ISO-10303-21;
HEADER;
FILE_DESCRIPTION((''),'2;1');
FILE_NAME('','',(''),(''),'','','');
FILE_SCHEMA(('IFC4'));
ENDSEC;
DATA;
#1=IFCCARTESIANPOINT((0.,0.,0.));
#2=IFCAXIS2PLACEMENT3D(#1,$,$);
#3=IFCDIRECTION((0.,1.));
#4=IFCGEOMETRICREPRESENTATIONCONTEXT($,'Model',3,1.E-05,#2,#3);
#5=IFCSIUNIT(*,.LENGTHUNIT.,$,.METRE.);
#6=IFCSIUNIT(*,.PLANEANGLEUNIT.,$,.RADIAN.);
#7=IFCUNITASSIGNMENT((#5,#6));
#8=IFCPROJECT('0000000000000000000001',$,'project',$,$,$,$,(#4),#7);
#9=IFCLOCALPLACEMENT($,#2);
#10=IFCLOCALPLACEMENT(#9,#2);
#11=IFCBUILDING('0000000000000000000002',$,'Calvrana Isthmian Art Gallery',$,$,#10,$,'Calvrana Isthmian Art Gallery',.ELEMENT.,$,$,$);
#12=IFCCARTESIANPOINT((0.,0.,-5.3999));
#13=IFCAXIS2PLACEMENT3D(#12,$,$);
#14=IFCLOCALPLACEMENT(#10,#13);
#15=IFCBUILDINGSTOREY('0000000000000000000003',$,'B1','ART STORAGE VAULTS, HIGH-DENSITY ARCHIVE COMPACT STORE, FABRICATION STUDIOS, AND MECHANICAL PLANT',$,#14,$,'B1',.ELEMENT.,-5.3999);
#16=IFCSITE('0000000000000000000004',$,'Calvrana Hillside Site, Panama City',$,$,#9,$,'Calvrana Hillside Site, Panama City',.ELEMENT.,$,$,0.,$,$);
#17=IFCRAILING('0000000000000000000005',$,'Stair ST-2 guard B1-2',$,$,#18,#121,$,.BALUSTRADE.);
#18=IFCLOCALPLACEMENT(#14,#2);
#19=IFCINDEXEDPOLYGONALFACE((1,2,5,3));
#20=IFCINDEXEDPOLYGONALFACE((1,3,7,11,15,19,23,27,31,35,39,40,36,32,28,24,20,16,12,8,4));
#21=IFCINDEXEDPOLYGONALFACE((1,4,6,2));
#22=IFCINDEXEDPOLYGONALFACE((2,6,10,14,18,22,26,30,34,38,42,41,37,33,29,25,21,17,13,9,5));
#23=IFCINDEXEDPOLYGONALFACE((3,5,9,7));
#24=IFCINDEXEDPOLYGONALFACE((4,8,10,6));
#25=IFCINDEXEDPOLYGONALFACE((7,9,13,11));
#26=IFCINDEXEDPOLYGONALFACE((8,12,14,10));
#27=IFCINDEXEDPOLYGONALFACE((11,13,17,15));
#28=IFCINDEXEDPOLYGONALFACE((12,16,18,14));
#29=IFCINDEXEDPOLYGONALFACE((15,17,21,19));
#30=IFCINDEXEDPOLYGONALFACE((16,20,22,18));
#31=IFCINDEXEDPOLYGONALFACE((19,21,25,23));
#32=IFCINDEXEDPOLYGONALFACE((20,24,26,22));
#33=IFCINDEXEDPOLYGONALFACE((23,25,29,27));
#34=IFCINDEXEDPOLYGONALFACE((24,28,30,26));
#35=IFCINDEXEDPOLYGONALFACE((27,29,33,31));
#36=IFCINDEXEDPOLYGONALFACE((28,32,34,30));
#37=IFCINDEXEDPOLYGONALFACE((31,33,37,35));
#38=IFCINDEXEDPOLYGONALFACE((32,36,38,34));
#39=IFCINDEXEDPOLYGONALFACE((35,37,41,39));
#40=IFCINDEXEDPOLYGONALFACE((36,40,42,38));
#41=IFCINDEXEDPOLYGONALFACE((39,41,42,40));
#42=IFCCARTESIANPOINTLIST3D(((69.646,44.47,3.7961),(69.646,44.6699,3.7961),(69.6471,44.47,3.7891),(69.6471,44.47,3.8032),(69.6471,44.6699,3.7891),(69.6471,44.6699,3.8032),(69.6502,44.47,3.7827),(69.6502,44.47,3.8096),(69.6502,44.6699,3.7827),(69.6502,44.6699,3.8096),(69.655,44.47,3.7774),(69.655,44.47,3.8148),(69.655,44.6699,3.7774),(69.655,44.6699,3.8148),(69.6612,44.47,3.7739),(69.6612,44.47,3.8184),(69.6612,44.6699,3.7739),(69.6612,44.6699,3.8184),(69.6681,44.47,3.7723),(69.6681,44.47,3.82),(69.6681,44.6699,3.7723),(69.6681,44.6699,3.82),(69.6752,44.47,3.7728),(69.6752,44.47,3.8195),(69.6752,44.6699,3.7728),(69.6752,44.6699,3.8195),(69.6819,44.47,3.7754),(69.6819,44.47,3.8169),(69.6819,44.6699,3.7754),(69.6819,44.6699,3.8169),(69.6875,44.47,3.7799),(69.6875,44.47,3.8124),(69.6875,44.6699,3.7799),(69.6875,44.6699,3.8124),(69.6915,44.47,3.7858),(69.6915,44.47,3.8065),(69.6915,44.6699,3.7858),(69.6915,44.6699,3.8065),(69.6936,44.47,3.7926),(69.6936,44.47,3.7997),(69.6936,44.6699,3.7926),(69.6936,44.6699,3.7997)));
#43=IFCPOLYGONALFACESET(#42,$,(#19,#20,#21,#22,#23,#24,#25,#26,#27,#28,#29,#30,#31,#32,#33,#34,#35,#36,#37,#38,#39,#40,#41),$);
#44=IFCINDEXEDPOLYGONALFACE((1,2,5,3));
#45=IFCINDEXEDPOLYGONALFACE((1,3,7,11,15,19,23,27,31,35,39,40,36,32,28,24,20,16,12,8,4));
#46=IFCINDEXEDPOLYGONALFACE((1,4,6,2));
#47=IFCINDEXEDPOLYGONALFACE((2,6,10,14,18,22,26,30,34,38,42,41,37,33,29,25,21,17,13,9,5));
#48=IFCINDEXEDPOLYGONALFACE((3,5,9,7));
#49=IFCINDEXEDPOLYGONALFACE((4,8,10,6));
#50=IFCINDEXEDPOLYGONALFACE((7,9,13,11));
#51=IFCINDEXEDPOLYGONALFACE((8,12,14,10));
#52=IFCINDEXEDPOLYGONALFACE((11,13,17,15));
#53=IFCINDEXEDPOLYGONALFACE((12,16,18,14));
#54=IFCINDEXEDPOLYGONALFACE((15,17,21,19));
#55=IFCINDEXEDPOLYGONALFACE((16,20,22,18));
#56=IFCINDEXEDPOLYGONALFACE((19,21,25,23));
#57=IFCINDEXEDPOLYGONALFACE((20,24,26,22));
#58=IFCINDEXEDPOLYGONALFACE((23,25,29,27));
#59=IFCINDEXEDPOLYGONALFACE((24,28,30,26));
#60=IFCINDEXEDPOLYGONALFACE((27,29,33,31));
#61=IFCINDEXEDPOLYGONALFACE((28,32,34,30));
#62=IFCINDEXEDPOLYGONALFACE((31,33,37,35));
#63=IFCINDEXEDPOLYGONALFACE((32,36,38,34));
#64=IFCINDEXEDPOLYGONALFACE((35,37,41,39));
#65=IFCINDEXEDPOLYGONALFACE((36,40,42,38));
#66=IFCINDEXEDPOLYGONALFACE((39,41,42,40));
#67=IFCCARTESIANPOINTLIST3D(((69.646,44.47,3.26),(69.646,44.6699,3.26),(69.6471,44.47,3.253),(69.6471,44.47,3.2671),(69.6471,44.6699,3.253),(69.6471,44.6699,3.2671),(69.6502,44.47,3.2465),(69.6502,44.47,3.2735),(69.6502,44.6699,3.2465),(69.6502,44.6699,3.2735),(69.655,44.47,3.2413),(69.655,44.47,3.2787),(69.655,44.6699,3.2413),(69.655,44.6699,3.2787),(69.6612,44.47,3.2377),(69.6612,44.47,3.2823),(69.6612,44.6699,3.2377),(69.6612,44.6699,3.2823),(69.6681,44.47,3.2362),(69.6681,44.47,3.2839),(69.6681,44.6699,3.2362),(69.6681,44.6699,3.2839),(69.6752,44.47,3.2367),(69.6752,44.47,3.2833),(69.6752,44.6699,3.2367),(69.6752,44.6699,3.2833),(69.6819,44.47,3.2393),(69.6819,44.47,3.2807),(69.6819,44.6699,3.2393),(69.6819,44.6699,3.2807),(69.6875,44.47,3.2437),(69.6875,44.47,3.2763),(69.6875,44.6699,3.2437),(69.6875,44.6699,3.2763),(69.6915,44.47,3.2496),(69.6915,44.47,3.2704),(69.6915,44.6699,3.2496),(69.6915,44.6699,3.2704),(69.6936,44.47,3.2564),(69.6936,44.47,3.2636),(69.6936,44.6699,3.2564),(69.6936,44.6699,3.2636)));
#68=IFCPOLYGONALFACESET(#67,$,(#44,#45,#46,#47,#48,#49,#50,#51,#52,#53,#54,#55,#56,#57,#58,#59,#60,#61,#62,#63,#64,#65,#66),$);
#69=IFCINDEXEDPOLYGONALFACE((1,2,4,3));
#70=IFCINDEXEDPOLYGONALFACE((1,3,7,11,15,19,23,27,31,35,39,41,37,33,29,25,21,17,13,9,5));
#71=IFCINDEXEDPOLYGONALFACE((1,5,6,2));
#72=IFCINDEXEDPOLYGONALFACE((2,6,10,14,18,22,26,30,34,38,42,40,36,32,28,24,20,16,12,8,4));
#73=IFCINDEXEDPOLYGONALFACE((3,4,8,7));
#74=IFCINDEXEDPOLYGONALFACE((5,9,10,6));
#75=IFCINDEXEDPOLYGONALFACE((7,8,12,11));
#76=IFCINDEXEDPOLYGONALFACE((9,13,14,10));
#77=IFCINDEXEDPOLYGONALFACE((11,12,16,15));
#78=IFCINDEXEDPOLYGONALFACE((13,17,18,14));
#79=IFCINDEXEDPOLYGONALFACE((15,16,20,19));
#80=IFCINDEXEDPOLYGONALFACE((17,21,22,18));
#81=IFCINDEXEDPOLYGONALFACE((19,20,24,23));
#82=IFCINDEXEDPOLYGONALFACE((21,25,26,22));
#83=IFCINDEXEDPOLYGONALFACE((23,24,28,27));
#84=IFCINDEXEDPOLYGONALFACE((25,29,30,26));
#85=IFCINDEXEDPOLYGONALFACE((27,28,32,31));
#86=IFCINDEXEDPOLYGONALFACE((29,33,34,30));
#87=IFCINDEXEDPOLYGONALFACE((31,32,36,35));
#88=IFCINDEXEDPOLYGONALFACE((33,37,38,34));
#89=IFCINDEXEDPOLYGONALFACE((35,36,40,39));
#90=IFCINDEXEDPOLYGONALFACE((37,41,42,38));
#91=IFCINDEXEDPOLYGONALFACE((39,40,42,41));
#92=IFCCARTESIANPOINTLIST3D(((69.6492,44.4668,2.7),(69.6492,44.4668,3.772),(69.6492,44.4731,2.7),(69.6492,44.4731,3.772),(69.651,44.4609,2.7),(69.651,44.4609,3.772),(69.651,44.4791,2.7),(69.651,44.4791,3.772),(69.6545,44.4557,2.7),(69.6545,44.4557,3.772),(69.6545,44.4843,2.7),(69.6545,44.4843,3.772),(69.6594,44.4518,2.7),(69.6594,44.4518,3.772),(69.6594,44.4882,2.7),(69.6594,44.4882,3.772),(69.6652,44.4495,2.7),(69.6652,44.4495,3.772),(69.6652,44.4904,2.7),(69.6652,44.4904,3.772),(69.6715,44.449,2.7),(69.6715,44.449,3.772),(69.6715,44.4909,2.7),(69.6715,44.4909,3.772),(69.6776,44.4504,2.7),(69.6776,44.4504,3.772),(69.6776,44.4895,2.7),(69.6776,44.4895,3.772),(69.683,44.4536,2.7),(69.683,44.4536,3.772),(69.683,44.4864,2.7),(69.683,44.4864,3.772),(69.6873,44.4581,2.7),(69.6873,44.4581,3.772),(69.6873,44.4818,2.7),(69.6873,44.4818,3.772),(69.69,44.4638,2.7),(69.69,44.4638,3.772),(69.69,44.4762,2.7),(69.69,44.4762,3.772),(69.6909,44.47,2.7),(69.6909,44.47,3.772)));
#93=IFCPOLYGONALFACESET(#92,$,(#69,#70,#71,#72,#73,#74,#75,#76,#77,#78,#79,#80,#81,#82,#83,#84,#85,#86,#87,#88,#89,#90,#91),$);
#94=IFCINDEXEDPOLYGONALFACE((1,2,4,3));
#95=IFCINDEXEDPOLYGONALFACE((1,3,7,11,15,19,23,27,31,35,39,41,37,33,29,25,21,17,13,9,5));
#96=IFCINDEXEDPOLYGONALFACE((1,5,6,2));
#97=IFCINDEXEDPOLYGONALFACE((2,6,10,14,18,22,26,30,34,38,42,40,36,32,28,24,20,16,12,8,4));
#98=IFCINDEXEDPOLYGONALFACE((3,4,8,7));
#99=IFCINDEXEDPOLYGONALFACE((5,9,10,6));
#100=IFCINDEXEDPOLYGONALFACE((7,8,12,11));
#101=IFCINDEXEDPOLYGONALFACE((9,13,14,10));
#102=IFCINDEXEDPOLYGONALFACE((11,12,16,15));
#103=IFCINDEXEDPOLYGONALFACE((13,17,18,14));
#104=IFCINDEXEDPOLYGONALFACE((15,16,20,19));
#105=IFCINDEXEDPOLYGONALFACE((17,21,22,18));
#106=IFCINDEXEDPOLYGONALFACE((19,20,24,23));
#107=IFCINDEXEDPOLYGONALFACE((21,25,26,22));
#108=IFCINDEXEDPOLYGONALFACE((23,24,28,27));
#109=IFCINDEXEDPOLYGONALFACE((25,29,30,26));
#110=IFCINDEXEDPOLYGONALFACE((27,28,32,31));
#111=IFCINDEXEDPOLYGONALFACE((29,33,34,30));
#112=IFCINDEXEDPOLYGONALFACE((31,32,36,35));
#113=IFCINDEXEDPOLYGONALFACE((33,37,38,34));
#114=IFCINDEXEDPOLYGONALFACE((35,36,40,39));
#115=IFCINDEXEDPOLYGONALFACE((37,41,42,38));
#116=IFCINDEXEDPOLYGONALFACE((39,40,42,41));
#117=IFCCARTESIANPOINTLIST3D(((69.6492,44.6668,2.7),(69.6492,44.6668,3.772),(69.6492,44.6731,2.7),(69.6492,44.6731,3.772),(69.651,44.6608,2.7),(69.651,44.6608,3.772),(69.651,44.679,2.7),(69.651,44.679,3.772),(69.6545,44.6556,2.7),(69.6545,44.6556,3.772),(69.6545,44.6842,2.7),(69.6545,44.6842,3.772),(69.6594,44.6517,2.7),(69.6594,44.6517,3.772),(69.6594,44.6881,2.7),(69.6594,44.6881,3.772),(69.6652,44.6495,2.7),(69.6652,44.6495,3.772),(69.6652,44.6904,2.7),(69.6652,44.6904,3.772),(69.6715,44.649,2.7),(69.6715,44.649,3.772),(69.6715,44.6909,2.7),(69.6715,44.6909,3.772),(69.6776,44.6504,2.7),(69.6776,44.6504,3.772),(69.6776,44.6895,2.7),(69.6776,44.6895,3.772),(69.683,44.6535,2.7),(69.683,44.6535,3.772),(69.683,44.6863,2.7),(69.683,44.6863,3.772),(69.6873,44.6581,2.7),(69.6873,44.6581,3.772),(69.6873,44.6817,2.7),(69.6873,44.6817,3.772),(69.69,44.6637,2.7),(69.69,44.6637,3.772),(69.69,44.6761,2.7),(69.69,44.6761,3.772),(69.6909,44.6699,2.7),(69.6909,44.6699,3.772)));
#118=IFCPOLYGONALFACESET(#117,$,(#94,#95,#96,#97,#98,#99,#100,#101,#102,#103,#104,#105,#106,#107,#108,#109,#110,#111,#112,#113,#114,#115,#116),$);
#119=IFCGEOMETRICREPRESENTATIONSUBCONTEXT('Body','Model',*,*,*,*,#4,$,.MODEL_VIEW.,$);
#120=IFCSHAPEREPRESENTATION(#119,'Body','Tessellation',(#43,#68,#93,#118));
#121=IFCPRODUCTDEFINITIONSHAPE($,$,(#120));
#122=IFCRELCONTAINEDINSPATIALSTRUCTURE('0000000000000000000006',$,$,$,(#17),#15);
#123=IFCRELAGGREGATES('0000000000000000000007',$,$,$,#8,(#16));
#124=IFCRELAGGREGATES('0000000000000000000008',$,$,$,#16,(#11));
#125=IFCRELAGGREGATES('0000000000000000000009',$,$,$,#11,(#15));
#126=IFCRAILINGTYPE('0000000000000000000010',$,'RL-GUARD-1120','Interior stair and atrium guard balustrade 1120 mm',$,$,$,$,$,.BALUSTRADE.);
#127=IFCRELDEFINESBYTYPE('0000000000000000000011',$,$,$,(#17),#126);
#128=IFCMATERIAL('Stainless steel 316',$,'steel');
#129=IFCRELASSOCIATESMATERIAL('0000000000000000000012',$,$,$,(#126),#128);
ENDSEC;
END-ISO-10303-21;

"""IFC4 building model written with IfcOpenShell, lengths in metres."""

from ifc_helpers import new_model, si_unit, direction, frame, origin, origin_2d, place, context, subcontext, project, spatial, circle, extrude, material, type_object, element, save


model = new_model("IFC4")

# Units and contexts
model_context = context("Model", 3, precision=1e-05, world=origin(), true_north=direction((0.0, 1.0)))
body_context = subcontext(model_context, "Body", "Model", "MODEL_VIEW")
ifc_project = project(units=[si_unit("LENGTHUNIT", "METRE"), si_unit("PLANEANGLEUNIT", "RADIAN")], contexts=[model_context])

# Site, building, storey
site_placement = place(None, origin())
site = spatial("IfcSite", under=ifc_project, at=site_placement, Name="Calvrana Hillside Site, Panama City", LongName="Calvrana Hillside Site, Panama City", CompositionType="ELEMENT", RefElevation=0.0)
building_placement = place(site_placement, origin())
building = spatial("IfcBuilding", under=site, at=building_placement, Name="Calvrana Isthmian Art Gallery", LongName="Calvrana Isthmian Art Gallery", CompositionType="ELEMENT")
storey_placement = place(building_placement, frame((0.0, 0.0, -5.3999)))
storey = spatial("IfcBuildingStorey", under=building, at=storey_placement, Name="B1", Description="ART STORAGE VAULTS, HIGH-DENSITY ARCHIVE COMPACT STORE, FABRICATION STUDIOS, AND MECHANICAL PLANT", LongName="B1", CompositionType="ELEMENT", Elevation=-5.3999)

# Railing
ifc_material_1 = material(Name="Stainless steel 316", Category="steel")
railing_type_1 = type_object("IfcRailingType", Name="RL-GUARD-1120", Description="Interior stair and atrium guard balustrade 1120 mm", PredefinedType="BALUSTRADE", material=ifc_material_1)
railing_1_placement = place(storey_placement, frame((69.6699, 44.47, 2.7)))
element("IfcRailing", 1, at=railing_1_placement, inside=storey, type_object=railing_type_1, Name="Stair ST-2 guard B1-2", PredefinedType="BALUSTRADE", context=body_context, shape_type="SweptSolid", body=[
    extrude(circle(Radius=0.0239, at=origin_2d()), frame((0.0, 0.0, 1.0962), z_axis=(0.0, 1.0, 0.0), x_axis=(-1.0, 0.0, 0.0)), (0.0, 0.0, 1.0), 0.2),
    extrude(circle(Radius=0.0239, at=origin_2d()), frame((0.0, 0.0, 0.5601), z_axis=(0.0, 1.0, 0.0), x_axis=(-1.0, 0.0, 0.0)), (0.0, 0.0, 1.0), 0.2),
    extrude(circle(Radius=0.021, at=origin_2d()), origin(), (0.0, 0.0, 1.0), 1.072),
    extrude(circle(Radius=0.021, at=origin_2d()), frame((0.0, 0.2, 0.0)), (0.0, 0.0, 1.0), 1.072),
])

save(model, "model.ifc")
